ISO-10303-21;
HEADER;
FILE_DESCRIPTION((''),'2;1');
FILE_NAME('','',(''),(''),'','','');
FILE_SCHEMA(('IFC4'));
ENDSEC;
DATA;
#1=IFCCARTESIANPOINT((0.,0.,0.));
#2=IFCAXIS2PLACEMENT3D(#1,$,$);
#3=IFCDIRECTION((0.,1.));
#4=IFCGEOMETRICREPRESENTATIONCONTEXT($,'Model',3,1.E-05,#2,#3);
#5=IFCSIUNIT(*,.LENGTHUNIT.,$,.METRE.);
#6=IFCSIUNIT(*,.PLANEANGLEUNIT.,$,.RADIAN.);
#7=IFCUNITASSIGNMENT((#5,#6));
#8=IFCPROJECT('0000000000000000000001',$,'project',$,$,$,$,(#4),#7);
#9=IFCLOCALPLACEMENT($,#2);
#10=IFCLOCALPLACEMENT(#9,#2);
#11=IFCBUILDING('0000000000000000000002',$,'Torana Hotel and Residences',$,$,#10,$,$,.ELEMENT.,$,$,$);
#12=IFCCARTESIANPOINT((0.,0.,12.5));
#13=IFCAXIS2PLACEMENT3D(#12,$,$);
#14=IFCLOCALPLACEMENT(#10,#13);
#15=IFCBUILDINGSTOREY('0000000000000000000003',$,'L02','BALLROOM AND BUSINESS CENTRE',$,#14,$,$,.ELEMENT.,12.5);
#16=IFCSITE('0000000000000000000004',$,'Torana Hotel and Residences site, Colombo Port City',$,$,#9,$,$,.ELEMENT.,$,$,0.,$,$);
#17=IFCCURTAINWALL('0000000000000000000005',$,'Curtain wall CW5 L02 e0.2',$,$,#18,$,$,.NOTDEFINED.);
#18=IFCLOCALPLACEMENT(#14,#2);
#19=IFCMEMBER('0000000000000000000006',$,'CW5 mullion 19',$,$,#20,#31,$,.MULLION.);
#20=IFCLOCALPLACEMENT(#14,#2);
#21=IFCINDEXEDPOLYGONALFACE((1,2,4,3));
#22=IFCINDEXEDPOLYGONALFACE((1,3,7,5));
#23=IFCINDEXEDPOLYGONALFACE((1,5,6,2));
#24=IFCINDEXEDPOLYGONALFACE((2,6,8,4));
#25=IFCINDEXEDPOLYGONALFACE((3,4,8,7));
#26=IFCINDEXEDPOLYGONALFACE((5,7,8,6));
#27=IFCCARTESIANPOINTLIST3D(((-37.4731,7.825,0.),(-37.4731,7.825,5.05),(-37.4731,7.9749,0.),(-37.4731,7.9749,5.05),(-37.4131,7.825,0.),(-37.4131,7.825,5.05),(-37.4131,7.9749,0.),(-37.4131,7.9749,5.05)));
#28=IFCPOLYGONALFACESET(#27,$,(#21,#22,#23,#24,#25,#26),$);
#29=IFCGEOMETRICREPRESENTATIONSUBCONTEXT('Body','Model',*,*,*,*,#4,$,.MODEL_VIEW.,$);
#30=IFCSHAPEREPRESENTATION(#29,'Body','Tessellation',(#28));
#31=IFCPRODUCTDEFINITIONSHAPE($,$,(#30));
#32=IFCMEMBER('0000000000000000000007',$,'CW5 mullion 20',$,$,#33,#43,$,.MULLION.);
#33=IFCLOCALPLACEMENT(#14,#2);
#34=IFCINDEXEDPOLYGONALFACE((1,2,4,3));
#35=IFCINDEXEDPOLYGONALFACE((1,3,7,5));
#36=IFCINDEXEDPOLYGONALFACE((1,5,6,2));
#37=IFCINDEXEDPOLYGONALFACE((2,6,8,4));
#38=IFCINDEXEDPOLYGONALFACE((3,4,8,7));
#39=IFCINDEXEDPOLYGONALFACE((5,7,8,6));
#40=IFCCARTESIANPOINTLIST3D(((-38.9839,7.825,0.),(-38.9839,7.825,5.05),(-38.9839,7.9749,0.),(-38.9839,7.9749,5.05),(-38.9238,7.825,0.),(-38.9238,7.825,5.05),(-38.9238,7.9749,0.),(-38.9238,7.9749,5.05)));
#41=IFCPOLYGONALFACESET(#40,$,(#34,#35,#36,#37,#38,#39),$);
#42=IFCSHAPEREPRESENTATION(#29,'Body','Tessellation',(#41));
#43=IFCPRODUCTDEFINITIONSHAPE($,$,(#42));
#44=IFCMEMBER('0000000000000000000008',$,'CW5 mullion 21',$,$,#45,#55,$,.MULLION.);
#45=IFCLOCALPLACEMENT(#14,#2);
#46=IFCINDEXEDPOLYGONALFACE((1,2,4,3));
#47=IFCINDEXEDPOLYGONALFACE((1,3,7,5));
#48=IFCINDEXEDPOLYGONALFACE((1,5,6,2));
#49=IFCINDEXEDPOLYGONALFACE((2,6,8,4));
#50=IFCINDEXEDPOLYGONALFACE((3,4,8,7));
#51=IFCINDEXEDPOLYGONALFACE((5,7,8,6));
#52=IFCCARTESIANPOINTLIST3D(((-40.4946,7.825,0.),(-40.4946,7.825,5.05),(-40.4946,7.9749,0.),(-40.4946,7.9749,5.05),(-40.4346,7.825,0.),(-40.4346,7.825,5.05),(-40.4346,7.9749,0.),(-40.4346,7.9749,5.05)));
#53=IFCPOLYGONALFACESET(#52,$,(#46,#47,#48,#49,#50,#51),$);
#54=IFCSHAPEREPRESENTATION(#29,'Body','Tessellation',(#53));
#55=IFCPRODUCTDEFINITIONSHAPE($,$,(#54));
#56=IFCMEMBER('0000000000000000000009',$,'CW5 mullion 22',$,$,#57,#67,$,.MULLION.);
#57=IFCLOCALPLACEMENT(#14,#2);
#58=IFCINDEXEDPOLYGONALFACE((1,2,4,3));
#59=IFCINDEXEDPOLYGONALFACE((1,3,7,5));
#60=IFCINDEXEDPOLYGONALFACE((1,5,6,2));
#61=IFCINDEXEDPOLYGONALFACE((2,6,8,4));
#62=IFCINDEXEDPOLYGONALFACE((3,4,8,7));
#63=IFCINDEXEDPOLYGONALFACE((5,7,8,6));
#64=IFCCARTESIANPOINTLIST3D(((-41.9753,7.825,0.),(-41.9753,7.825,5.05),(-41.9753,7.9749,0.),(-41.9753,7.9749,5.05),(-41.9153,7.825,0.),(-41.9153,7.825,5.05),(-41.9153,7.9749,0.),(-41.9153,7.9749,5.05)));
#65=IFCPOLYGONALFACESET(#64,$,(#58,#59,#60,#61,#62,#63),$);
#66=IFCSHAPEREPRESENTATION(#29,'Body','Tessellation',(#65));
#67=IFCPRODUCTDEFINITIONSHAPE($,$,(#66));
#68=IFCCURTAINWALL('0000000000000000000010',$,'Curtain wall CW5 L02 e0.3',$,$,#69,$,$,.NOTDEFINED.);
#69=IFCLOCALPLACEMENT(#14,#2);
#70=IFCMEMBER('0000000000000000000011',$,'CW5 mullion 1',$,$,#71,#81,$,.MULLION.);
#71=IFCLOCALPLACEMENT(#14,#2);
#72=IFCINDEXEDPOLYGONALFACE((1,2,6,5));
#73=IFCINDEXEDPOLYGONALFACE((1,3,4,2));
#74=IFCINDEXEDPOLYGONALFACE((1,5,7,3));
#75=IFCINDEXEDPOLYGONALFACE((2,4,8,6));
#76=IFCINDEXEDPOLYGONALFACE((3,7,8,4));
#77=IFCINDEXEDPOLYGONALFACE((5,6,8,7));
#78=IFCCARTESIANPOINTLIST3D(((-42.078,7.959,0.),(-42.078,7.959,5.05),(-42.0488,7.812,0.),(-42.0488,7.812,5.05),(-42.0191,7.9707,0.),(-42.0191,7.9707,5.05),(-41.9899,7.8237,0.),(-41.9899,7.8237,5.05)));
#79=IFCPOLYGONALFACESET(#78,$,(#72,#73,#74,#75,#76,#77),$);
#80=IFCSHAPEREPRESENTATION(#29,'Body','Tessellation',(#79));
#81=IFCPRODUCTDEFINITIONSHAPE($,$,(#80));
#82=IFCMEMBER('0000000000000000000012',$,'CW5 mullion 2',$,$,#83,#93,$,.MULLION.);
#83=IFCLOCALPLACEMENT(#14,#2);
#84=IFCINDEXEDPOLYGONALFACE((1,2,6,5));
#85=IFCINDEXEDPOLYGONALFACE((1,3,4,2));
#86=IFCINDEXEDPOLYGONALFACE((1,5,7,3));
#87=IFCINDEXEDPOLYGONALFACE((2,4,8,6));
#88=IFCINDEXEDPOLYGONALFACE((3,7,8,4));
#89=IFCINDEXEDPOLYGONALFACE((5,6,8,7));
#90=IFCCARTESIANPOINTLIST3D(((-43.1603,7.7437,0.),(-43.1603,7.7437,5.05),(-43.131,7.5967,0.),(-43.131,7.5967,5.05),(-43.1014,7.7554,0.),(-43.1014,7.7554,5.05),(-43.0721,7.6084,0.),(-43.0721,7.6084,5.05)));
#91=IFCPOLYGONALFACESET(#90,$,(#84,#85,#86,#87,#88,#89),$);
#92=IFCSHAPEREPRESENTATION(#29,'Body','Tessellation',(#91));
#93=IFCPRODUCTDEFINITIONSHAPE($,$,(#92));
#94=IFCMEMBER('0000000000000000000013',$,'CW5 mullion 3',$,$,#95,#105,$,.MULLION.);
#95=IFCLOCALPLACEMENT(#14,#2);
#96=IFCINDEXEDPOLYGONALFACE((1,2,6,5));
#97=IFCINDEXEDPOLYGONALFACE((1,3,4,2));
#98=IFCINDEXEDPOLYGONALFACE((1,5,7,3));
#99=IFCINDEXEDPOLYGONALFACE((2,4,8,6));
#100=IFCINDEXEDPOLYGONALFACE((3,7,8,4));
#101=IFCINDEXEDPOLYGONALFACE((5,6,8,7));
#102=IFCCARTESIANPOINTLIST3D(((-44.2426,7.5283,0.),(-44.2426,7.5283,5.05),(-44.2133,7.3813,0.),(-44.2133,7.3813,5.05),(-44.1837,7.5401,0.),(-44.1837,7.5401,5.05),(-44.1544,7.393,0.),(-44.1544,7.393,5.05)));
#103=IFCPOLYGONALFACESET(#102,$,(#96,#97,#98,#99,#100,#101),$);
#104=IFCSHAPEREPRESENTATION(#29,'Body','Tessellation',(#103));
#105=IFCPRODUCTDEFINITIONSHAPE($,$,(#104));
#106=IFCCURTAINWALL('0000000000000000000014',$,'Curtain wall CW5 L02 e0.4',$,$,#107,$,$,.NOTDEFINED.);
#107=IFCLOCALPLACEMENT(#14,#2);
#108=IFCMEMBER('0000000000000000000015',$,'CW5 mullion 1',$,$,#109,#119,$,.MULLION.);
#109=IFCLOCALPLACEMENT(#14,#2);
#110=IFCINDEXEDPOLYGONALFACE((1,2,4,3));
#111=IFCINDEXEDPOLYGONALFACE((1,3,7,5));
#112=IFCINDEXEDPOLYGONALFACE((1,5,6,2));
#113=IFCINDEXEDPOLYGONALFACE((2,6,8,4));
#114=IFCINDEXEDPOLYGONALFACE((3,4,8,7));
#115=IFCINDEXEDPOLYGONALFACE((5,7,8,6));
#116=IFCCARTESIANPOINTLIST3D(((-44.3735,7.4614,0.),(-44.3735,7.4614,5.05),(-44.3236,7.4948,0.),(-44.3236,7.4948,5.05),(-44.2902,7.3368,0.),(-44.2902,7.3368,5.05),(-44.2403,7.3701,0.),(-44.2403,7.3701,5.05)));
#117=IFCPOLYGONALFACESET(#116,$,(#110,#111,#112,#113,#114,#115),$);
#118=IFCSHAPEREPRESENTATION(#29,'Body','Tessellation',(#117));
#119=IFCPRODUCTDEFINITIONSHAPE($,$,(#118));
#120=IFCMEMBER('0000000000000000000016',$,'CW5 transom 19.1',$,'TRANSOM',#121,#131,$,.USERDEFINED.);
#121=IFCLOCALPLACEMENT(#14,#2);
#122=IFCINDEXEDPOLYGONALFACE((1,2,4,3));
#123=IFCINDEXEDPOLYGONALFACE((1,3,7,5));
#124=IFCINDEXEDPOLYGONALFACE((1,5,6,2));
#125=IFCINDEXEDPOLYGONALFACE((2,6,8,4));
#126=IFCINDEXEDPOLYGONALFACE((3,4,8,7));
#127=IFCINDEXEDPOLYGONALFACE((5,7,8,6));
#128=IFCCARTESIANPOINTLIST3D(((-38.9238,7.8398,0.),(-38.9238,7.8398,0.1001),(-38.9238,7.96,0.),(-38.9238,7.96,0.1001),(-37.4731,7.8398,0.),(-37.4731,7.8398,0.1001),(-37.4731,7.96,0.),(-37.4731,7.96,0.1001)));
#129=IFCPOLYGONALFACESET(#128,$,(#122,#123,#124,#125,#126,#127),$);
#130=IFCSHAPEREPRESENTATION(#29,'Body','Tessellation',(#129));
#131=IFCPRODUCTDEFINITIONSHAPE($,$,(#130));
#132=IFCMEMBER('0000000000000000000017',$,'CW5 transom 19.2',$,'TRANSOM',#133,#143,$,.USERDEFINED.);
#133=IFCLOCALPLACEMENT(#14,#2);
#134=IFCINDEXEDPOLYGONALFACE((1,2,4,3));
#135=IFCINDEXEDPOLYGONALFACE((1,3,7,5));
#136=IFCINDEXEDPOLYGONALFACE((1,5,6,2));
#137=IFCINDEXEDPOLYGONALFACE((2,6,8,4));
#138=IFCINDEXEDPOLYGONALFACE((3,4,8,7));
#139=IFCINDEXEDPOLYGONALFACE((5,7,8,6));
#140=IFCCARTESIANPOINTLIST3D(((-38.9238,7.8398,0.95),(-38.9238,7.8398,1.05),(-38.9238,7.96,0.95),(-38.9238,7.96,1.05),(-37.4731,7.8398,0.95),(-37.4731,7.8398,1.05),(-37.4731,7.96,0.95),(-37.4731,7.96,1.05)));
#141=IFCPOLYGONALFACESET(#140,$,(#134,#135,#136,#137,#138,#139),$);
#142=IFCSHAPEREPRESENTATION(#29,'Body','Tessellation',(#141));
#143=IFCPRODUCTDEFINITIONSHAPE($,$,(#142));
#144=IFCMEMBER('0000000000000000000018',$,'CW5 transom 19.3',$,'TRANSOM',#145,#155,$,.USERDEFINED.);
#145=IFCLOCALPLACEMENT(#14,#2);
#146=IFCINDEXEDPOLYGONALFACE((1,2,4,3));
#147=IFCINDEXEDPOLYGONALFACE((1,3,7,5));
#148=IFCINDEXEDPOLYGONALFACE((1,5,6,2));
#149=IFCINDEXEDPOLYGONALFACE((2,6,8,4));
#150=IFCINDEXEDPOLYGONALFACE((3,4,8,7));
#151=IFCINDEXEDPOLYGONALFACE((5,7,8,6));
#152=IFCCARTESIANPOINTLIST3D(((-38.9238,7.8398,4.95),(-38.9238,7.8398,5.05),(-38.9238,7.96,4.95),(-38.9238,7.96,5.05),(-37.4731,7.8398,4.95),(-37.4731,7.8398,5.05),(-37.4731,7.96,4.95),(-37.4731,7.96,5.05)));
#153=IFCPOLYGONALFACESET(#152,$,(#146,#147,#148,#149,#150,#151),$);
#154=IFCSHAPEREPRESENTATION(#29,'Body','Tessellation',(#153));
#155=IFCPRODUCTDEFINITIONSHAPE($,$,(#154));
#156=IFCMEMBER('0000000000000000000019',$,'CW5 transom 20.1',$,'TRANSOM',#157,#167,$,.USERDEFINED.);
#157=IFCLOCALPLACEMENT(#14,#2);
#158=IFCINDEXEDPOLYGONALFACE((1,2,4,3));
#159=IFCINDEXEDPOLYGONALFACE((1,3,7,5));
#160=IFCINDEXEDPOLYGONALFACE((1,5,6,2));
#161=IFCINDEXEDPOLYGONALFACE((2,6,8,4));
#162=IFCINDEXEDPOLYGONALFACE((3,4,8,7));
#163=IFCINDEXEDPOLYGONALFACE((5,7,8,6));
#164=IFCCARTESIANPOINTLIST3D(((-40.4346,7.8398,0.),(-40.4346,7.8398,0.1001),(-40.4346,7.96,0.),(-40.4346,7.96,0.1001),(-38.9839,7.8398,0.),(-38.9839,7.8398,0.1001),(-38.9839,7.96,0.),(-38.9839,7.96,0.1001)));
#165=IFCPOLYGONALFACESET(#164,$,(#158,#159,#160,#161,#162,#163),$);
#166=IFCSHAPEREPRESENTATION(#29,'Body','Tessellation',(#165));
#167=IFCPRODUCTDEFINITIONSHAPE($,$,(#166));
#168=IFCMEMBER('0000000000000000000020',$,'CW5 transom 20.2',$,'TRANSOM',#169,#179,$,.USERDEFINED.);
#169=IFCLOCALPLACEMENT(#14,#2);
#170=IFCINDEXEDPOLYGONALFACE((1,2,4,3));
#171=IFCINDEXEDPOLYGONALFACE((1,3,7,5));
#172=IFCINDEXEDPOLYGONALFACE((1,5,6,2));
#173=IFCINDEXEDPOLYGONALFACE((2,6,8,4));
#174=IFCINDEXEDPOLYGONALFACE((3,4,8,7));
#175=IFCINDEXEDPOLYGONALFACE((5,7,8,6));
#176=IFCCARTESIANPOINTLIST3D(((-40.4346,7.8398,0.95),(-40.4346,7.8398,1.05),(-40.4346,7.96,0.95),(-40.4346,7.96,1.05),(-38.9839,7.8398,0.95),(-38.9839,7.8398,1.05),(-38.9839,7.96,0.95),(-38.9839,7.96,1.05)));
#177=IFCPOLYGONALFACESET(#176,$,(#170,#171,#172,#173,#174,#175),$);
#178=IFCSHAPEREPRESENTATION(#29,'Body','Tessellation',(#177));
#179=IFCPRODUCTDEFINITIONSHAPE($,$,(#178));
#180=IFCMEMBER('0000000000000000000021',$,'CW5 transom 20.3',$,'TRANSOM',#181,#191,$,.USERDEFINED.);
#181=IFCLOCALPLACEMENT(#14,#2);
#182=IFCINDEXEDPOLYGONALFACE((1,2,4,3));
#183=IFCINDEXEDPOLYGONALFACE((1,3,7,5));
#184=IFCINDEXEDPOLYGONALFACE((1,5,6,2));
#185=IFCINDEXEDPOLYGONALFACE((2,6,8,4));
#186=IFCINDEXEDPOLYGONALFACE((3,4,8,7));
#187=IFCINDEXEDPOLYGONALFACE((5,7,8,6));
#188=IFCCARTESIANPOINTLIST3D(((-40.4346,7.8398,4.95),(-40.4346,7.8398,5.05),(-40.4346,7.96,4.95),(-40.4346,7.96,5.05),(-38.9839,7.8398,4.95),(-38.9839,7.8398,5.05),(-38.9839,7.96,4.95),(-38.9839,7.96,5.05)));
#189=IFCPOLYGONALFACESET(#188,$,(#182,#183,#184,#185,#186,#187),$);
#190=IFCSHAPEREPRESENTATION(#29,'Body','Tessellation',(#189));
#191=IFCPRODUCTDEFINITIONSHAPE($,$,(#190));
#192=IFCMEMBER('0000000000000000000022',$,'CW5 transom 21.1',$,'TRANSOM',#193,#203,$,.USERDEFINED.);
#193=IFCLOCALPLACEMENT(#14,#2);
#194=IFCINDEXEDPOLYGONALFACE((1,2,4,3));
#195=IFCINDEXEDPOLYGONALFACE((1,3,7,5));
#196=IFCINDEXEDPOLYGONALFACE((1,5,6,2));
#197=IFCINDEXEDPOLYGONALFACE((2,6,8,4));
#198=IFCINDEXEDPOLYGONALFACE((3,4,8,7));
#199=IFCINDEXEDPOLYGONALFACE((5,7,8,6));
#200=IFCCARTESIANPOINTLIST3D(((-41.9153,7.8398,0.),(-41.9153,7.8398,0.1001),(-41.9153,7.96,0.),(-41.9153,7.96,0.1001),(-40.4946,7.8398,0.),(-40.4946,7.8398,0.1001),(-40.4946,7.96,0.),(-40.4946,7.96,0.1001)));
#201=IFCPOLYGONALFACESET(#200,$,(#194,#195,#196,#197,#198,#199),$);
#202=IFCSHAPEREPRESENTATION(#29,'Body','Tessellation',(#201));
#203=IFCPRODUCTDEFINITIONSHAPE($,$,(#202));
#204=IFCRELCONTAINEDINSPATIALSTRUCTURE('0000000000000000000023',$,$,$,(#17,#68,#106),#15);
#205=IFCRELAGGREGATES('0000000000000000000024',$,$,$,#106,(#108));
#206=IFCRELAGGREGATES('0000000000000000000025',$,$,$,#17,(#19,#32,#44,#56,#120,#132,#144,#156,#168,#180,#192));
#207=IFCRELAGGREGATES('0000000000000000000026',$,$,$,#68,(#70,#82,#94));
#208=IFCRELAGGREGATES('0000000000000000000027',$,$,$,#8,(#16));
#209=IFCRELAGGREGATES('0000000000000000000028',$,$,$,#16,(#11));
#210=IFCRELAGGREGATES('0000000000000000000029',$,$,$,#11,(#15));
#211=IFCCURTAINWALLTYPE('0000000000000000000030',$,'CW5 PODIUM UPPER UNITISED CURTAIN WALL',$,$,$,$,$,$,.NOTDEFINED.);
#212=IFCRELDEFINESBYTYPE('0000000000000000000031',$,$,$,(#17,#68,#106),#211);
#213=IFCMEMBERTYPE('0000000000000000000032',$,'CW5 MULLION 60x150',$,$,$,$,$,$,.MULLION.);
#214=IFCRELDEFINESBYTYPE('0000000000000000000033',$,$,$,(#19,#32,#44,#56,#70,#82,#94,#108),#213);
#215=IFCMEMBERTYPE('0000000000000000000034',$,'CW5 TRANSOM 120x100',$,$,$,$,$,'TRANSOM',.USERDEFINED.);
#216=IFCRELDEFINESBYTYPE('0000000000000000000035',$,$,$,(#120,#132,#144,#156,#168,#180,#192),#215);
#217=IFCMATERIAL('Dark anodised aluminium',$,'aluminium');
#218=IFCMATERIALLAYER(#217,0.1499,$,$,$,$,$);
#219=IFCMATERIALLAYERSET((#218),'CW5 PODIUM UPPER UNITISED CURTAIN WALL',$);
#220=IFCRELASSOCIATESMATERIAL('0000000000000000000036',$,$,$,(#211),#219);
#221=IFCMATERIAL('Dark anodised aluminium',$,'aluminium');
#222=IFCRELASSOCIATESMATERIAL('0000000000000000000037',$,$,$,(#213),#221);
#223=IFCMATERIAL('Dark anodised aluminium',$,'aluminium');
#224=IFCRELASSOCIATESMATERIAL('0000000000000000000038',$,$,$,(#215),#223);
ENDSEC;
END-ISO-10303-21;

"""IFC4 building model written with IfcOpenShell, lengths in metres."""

from ifc_helpers import new_model, si_unit, direction, frame, origin, origin_2d, place, context, subcontext, project, spatial, rectangle, extrude, material, layer, layer_set, material_profile, profile_set, type_object, element, aggregate, save


model = new_model("IFC4")

# Units and contexts
model_context = context("Model", 3, precision=1e-05, world=origin(), true_north=direction((0.0, 1.0)))
body_context = subcontext(model_context, "Body", "Model", "MODEL_VIEW")
ifc_project = project(units=[si_unit("LENGTHUNIT", "METRE"), si_unit("PLANEANGLEUNIT", "RADIAN")], contexts=[model_context])

# Site, building, storey
site_placement = place(None, origin())
site = spatial("IfcSite", under=ifc_project, at=site_placement, Name="Torana Hotel and Residences site, Colombo Port City", CompositionType="ELEMENT", RefElevation=0.0)
building_placement = place(site_placement, origin())
building = spatial("IfcBuilding", under=site, at=building_placement, Name="Torana Hotel and Residences", CompositionType="ELEMENT")
storey_placement = place(building_placement, frame((0.0, 0.0, 12.5)))
storey = spatial("IfcBuildingStorey", under=building, at=storey_placement, Name="L02", Description="BALLROOM AND BUSINESS CENTRE", CompositionType="ELEMENT", Elevation=12.5)

# Curtain walls, members
ifc_material_1 = material(Name="Dark anodised aluminium", Category="aluminium")
ifc_layer_1 = layer(ifc_material_1, 0.1499)
ifc_layer_set_1 = layer_set([ifc_layer_1], Name="CW5 PODIUM UPPER UNITISED CURTAIN WALL")
curtain_wall_type = type_object("IfcCurtainWallType", Name="CW5 PODIUM UPPER UNITISED CURTAIN WALL", PredefinedType="NOTDEFINED", material=ifc_layer_set_1)
curtain_wall_1_placement = place(storey_placement, origin())
curtain_wall_1 = element("IfcCurtainWall", 1, at=curtain_wall_1_placement, inside=storey, type_object=curtain_wall_type, Name="Curtain wall CW5 L02 e0.2", PredefinedType="NOTDEFINED")
ifc_material_2 = material(Name="Dark anodised aluminium", Category="aluminium")
ifc_material_profile_1 = material_profile(ifc_material_2, rectangle(XDim=0.1499, YDim=0.0601, at=origin_2d()), Name="CW5 MULLION 60x150")
ifc_profile_set_1 = profile_set([ifc_material_profile_1], Name="Dark anodised aluminium")
member_type_1 = type_object("IfcMemberType", Name="CW5 MULLION 60x150", PredefinedType="MULLION", material=ifc_profile_set_1)
member_1_placement = place(storey_placement, frame((-37.4431, 7.8999, 0.0), z_axis=(0.0, 0.0, 1.0), x_axis=(0.0, -1.0, 0.0)))
member_1 = element("IfcMember", 2, at=member_1_placement, type_object=member_type_1, Name="CW5 mullion 19", PredefinedType="MULLION", context=body_context, shape_type="SweptSolid", body=[
    extrude(rectangle(XDim=0.1499, YDim=0.0601, at=origin_2d()), origin(), (0.0, 0.0, 1.0), 5.05),
])
member_2_placement = place(storey_placement, frame((-38.9539, 7.8999, 0.0), z_axis=(0.0, 0.0, 1.0), x_axis=(0.0, -1.0, 0.0)))
member_2 = element("IfcMember", 3, at=member_2_placement, type_object=member_type_1, Name="CW5 mullion 20", PredefinedType="MULLION", context=body_context, shape_type="SweptSolid", body=[
    extrude(rectangle(XDim=0.1499, YDim=0.0601, at=origin_2d()), origin(), (0.0, 0.0, 1.0), 5.05),
])
member_3_placement = place(storey_placement, frame((-40.4646, 7.8999, 0.0), z_axis=(0.0, 0.0, 1.0), x_axis=(0.0, -1.0, 0.0)))
member_3 = element("IfcMember", 4, at=member_3_placement, type_object=member_type_1, Name="CW5 mullion 21", PredefinedType="MULLION", context=body_context, shape_type="SweptSolid", body=[
    extrude(rectangle(XDim=0.1499, YDim=0.0601, at=origin_2d()), origin(), (0.0, 0.0, 1.0), 5.05),
])
member_4_placement = place(storey_placement, frame((-41.9453, 7.8999, 0.0), z_axis=(0.0, 0.0, 1.0), x_axis=(0.0, -1.0, 0.0)))
member_4 = element("IfcMember", 5, at=member_4_placement, type_object=member_type_1, Name="CW5 mullion 22", PredefinedType="MULLION", context=body_context, shape_type="SweptSolid", body=[
    extrude(rectangle(XDim=0.1499, YDim=0.0601, at=origin_2d()), origin(), (0.0, 0.0, 1.0), 5.05),
])
curtain_wall_2_placement = place(storey_placement, origin())
curtain_wall_2 = element("IfcCurtainWall", 6, at=curtain_wall_2_placement, inside=storey, type_object=curtain_wall_type, Name="Curtain wall CW5 L02 e0.3", PredefinedType="NOTDEFINED")
member_5_placement = place(storey_placement, frame((-42.0339, 7.8914, 0.0), z_axis=(0.0, 0.0, 1.0), x_axis=(0.195081, -0.980787, 0.0)))
member_5 = element("IfcMember", 7, at=member_5_placement, type_object=member_type_1, Name="CW5 mullion 1", PredefinedType="MULLION", context=body_context, shape_type="SweptSolid", body=[
    extrude(rectangle(XDim=0.1499, YDim=0.0601, at=origin_2d()), origin(), (0.0, 0.0, 1.0), 5.05),
])
member_6_placement = place(storey_placement, frame((-43.1162, 7.676, 0.0), z_axis=(0.0, 0.0, 1.0), x_axis=(0.195081, -0.980787, 0.0)))
member_6 = element("IfcMember", 8, at=member_6_placement, type_object=member_type_1, Name="CW5 mullion 2", PredefinedType="MULLION", context=body_context, shape_type="SweptSolid", body=[
    extrude(rectangle(XDim=0.1499, YDim=0.0601, at=origin_2d()), origin(), (0.0, 0.0, 1.0), 5.05),
])
member_7_placement = place(storey_placement, frame((-44.1985, 7.4607, 0.0), z_axis=(0.0, 0.0, 1.0), x_axis=(0.195081, -0.980787, 0.0)))
member_7 = element("IfcMember", 9, at=member_7_placement, type_object=member_type_1, Name="CW5 mullion 3", PredefinedType="MULLION", context=body_context, shape_type="SweptSolid", body=[
    extrude(rectangle(XDim=0.1499, YDim=0.0601, at=origin_2d()), origin(), (0.0, 0.0, 1.0), 5.05),
])

# Curtain wall, member
curtain_wall_3_placement = place(storey_placement, origin())
curtain_wall_3 = element("IfcCurtainWall", 10, at=curtain_wall_3_placement, inside=storey, type_object=curtain_wall_type, Name="Curtain wall CW5 L02 e0.4", PredefinedType="NOTDEFINED")
member_8_placement = place(storey_placement, frame((-44.3069, 7.4158, 0.0), z_axis=(0.0, 0.0, 1.0), x_axis=(0.555585, -0.83146, 0.0)))
member_8 = element("IfcMember", 11, at=member_8_placement, type_object=member_type_1, Name="CW5 mullion 1", PredefinedType="MULLION", context=body_context, shape_type="SweptSolid", body=[
    extrude(rectangle(XDim=0.1499, YDim=0.0601, at=origin_2d()), origin(), (0.0, 0.0, 1.0), 5.05),
])

# Members
ifc_material_3 = material(Name="Dark anodised aluminium", Category="aluminium")
ifc_material_profile_2 = material_profile(ifc_material_3, rectangle(XDim=0.1201, YDim=0.1001, at=origin_2d()), Name="CW5 TRANSOM 120x100")
ifc_profile_set_2 = profile_set([ifc_material_profile_2], Name="Dark anodised aluminium")
member_type_2 = type_object("IfcMemberType", Name="CW5 TRANSOM 120x100", ElementType="TRANSOM", PredefinedType="USERDEFINED", material=ifc_profile_set_2)
member_9_placement = place(storey_placement, frame((-37.4731, 7.8999, 0.05), z_axis=(-1.0, 0.0, 0.0), x_axis=(0.0, -1.0, 0.0)))
member_9 = element("IfcMember", 12, at=member_9_placement, type_object=member_type_2, Name="CW5 transom 19.1", ObjectType="TRANSOM", PredefinedType="USERDEFINED", context=body_context, shape_type="SweptSolid", body=[
    extrude(rectangle(XDim=0.1201, YDim=0.1001, at=origin_2d()), origin(), (0.0, 0.0, 1.0), 1.4507),
])
member_10_placement = place(storey_placement, frame((-37.4731, 7.8999, 1.0), z_axis=(-1.0, 0.0, 0.0), x_axis=(0.0, -1.0, 0.0)))
member_10 = element("IfcMember", 13, at=member_10_placement, type_object=member_type_2, Name="CW5 transom 19.2", ObjectType="TRANSOM", PredefinedType="USERDEFINED", context=body_context, shape_type="SweptSolid", body=[
    extrude(rectangle(XDim=0.1201, YDim=0.1001, at=origin_2d()), origin(), (0.0, 0.0, 1.0), 1.4507),
])
member_11_placement = place(storey_placement, frame((-37.4731, 7.8999, 5.0), z_axis=(-1.0, 0.0, 0.0), x_axis=(0.0, -1.0, 0.0)))
member_11 = element("IfcMember", 14, at=member_11_placement, type_object=member_type_2, Name="CW5 transom 19.3", ObjectType="TRANSOM", PredefinedType="USERDEFINED", context=body_context, shape_type="SweptSolid", body=[
    extrude(rectangle(XDim=0.1201, YDim=0.1001, at=origin_2d()), origin(), (0.0, 0.0, 1.0), 1.4507),
])
member_12_placement = place(storey_placement, frame((-38.9839, 7.8999, 0.05), z_axis=(-1.0, 0.0, 0.0), x_axis=(0.0, -1.0, 0.0)))
member_12 = element("IfcMember", 15, at=member_12_placement, type_object=member_type_2, Name="CW5 transom 20.1", ObjectType="TRANSOM", PredefinedType="USERDEFINED", context=body_context, shape_type="SweptSolid", body=[
    extrude(rectangle(XDim=0.1201, YDim=0.1001, at=origin_2d()), origin(), (0.0, 0.0, 1.0), 1.4507),
])
member_13_placement = place(storey_placement, frame((-38.9839, 7.8999, 1.0), z_axis=(-1.0, 0.0, 0.0), x_axis=(0.0, -1.0, 0.0)))
member_13 = element("IfcMember", 16, at=member_13_placement, type_object=member_type_2, Name="CW5 transom 20.2", ObjectType="TRANSOM", PredefinedType="USERDEFINED", context=body_context, shape_type="SweptSolid", body=[
    extrude(rectangle(XDim=0.1201, YDim=0.1001, at=origin_2d()), origin(), (0.0, 0.0, 1.0), 1.4507),
])
member_14_placement = place(storey_placement, frame((-38.9839, 7.8999, 5.0), z_axis=(-1.0, 0.0, 0.0), x_axis=(0.0, -1.0, 0.0)))
member_14 = element("IfcMember", 17, at=member_14_placement, type_object=member_type_2, Name="CW5 transom 20.3", ObjectType="TRANSOM", PredefinedType="USERDEFINED", context=body_context, shape_type="SweptSolid", body=[
    extrude(rectangle(XDim=0.1201, YDim=0.1001, at=origin_2d()), origin(), (0.0, 0.0, 1.0), 1.4507),
])
member_15_placement = place(storey_placement, frame((-40.4946, 7.8999, 0.05), z_axis=(-1.0, 0.0, 0.0), x_axis=(0.0, -1.0, 0.0)))
member_15 = element("IfcMember", 18, at=member_15_placement, type_object=member_type_2, Name="CW5 transom 21.1", ObjectType="TRANSOM", PredefinedType="USERDEFINED", context=body_context, shape_type="SweptSolid", body=[
    extrude(rectangle(XDim=0.1201, YDim=0.1001, at=origin_2d()), origin(), (0.0, 0.0, 1.0), 1.4207),
])
aggregate(curtain_wall_3, [member_8])

aggregate(curtain_wall_1, [member_1, member_2, member_3, member_4, member_9, member_10, member_11, member_12, member_13, member_14, member_15])
aggregate(curtain_wall_2, [member_5, member_6, member_7])

save(model, "model.ifc")
